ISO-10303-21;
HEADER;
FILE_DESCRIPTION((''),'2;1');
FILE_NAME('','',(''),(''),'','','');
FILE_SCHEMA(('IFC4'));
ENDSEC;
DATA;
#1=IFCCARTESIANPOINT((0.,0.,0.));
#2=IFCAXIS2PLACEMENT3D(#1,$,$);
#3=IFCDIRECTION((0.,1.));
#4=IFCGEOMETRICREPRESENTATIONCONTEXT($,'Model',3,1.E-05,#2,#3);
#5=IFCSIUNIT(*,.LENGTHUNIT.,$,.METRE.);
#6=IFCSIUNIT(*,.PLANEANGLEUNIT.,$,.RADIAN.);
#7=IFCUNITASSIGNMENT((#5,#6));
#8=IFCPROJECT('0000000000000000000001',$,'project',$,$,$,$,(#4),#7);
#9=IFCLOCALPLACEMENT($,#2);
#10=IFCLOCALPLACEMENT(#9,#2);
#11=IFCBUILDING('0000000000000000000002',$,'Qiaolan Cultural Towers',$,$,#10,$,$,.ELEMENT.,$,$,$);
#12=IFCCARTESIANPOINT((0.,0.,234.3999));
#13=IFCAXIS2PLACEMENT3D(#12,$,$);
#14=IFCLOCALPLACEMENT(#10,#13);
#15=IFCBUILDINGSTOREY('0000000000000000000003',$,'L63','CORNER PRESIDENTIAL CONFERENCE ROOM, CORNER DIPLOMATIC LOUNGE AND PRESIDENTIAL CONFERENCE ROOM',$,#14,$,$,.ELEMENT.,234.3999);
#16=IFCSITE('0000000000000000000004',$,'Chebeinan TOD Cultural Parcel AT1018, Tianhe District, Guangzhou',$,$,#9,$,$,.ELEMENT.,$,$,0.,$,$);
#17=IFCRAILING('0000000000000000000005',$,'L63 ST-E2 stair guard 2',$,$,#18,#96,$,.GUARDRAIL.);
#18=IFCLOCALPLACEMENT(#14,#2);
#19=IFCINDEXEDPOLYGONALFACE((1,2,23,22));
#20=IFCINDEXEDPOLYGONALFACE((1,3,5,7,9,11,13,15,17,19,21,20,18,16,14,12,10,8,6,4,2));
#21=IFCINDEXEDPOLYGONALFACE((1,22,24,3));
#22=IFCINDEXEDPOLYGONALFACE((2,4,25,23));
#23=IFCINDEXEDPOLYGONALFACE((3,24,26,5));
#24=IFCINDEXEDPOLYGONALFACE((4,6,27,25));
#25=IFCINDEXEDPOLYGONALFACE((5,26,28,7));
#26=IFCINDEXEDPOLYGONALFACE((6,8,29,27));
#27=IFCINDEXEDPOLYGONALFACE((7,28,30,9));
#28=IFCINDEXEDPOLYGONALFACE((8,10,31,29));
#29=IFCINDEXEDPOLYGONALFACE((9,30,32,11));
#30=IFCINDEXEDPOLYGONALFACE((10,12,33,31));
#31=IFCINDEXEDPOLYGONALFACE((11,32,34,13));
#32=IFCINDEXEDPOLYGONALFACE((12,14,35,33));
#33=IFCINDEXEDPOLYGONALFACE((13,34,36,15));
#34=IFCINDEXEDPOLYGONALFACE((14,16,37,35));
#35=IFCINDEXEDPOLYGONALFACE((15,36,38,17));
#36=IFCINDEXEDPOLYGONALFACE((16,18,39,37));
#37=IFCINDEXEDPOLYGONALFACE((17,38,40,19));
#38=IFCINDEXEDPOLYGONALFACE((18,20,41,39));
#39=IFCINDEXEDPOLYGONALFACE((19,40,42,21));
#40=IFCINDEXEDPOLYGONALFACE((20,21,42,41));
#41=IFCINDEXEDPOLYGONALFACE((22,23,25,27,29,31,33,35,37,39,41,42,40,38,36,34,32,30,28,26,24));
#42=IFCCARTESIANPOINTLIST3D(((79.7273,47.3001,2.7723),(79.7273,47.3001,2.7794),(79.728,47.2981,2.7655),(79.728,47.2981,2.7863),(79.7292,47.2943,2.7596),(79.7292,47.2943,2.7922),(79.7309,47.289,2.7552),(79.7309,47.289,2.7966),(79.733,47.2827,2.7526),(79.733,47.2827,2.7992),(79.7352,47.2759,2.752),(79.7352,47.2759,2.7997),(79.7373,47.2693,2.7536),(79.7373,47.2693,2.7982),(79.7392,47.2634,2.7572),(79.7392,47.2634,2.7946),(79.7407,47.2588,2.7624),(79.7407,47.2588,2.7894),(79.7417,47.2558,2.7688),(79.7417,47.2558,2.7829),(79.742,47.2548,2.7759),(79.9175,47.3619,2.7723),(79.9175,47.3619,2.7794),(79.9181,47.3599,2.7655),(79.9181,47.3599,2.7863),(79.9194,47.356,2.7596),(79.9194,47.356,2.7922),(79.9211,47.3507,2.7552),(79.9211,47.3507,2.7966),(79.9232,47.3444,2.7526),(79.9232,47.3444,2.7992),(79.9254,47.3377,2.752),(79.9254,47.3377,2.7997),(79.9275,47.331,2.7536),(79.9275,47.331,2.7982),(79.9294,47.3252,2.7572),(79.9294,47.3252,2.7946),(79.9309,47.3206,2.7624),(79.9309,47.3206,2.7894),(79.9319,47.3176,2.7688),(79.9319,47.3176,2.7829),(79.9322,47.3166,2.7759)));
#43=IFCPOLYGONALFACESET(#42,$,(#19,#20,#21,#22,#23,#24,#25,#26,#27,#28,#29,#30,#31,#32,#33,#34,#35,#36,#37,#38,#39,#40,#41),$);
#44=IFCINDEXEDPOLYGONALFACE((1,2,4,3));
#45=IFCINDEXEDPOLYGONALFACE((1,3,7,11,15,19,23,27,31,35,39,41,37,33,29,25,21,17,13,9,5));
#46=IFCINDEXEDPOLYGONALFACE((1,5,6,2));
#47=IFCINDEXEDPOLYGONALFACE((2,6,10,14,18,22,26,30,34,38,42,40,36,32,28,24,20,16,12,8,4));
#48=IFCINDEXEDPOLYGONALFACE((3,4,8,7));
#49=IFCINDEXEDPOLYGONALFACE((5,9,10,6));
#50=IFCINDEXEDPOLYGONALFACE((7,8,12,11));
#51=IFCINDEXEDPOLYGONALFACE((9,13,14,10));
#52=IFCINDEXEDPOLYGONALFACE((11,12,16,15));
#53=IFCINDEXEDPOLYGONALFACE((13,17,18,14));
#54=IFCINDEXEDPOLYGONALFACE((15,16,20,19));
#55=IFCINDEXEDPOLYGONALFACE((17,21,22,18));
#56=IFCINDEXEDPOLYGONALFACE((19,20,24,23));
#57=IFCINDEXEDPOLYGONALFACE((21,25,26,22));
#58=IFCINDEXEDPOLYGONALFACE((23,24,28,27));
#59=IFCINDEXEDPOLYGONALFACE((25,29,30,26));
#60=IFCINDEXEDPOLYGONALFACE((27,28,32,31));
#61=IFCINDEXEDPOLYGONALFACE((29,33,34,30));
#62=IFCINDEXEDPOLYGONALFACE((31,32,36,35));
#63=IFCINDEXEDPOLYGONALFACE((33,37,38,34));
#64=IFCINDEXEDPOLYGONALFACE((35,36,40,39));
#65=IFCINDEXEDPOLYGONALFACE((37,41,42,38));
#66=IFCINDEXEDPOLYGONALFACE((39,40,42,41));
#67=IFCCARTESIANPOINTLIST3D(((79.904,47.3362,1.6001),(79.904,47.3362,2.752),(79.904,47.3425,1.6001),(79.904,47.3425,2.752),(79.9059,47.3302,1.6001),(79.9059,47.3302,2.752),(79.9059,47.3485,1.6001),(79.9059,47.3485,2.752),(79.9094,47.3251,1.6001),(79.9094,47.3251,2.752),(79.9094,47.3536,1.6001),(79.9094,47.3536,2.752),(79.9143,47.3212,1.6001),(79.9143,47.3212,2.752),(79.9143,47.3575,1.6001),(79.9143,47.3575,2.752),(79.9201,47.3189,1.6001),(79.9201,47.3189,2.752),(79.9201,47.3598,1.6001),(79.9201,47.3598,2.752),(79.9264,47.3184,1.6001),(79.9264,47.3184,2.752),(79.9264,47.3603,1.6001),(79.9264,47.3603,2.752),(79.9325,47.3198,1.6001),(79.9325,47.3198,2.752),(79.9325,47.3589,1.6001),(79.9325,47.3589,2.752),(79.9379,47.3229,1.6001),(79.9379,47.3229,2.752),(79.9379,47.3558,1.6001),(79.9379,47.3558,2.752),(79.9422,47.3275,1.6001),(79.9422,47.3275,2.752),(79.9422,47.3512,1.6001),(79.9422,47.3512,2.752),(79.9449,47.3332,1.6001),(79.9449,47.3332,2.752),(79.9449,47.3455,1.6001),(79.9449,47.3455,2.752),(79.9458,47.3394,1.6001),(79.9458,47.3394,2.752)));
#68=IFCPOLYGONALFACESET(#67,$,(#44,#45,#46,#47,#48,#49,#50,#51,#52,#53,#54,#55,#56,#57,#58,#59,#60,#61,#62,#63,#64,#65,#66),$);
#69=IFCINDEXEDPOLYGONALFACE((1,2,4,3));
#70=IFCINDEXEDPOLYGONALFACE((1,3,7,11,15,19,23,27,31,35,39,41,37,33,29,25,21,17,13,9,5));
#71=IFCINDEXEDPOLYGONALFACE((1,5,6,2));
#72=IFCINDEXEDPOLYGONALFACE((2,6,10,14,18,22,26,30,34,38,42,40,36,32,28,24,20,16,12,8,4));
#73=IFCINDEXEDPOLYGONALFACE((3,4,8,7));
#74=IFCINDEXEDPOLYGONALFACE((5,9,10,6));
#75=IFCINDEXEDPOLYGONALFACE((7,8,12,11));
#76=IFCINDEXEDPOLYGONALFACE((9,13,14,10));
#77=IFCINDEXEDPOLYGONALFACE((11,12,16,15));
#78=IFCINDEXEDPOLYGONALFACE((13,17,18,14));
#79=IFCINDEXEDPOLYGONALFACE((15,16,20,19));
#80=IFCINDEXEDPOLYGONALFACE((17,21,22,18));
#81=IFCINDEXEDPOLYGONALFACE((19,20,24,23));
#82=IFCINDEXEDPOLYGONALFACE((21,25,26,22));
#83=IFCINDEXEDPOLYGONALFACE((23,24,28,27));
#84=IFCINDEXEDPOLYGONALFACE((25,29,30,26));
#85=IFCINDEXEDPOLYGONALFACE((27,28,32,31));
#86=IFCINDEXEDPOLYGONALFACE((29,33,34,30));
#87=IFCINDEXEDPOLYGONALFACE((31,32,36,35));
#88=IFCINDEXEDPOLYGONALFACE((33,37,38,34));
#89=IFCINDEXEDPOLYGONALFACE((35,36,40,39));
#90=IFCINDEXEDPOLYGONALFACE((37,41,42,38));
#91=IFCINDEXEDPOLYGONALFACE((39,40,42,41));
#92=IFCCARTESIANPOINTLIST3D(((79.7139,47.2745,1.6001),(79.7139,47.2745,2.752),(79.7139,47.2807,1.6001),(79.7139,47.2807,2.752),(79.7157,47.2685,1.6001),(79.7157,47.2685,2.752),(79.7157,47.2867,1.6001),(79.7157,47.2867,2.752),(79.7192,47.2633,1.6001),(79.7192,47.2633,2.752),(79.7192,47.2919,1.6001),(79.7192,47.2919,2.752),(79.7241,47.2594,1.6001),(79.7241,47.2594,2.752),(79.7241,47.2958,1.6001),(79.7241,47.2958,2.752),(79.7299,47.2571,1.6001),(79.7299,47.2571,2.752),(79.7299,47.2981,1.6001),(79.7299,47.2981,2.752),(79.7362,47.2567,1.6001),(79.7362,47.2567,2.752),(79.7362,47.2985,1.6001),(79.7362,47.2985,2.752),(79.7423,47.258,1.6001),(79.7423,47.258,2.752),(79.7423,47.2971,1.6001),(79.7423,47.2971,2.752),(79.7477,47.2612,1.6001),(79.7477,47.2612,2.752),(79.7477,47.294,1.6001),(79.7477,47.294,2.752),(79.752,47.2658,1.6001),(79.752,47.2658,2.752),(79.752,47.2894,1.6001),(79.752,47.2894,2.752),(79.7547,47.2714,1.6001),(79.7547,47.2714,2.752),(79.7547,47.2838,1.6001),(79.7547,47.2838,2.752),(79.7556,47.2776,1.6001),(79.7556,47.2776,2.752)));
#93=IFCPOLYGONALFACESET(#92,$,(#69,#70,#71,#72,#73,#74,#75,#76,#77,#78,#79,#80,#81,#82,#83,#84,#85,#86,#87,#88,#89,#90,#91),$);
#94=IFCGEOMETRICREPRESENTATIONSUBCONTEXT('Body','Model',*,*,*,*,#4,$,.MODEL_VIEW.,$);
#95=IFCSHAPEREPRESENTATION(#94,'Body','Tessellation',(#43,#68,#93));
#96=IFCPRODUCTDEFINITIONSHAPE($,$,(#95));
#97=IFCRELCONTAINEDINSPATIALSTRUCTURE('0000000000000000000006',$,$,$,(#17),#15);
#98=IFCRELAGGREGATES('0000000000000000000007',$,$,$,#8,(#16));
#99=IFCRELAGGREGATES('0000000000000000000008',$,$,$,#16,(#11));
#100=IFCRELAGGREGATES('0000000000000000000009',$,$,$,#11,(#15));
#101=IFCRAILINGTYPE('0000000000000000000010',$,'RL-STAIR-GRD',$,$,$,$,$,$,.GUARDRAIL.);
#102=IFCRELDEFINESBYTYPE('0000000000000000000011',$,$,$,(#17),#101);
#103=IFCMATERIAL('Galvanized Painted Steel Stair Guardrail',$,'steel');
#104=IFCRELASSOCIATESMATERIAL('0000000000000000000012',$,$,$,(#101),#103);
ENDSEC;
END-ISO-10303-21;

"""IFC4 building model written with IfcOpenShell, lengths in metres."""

from ifc_helpers import new_model, si_unit, direction, frame, origin, origin_2d, place, context, subcontext, project, spatial, circle, extrude, material, type_object, element, save


model = new_model("IFC4")

# Units and contexts
model_context = context("Model", 3, precision=1e-05, world=origin(), true_north=direction((0.0, 1.0)))
body_context = subcontext(model_context, "Body", "Model", "MODEL_VIEW")
ifc_project = project(units=[si_unit("LENGTHUNIT", "METRE"), si_unit("PLANEANGLEUNIT", "RADIAN")], contexts=[model_context])

# Site, building, storey
site_placement = place(None, origin())
site = spatial("IfcSite", under=ifc_project, at=site_placement, Name="Chebeinan TOD Cultural Parcel AT1018, Tianhe District, Guangzhou", CompositionType="ELEMENT", RefElevation=0.0)
building_placement = place(site_placement, origin())
building = spatial("IfcBuilding", under=site, at=building_placement, Name="Qiaolan Cultural Towers", CompositionType="ELEMENT")
storey_placement = place(building_placement, frame((0.0, 0.0, 234.3999)))
storey = spatial("IfcBuildingStorey", under=building, at=storey_placement, Name="L63", Description="CORNER PRESIDENTIAL CONFERENCE ROOM, CORNER DIPLOMATIC LOUNGE AND PRESIDENTIAL CONFERENCE ROOM", CompositionType="ELEMENT", Elevation=234.3999)

# Railing
ifc_material_1 = material(Name="Galvanized Painted Steel Stair Guardrail", Category="steel")
railing_type_1 = type_object("IfcRailingType", Name="RL-STAIR-GRD", PredefinedType="GUARDRAIL", material=ifc_material_1)
railing_1_placement = place(storey_placement, frame((79.9248, 47.3394, 1.6001)))
element("IfcRailing", 1, at=railing_1_placement, inside=storey, type_object=railing_type_1, Name="L63 ST-E2 stair guard 2", PredefinedType="GUARDRAIL", context=body_context, shape_type="SweptSolid", body=[
    extrude(circle(Radius=0.0239, at=origin_2d()), frame((0.0, 0.0, 1.1758), z_axis=(-0.951097, -0.308893, 0.0), x_axis=(0.308893, -0.951097, 0.0)), (0.0, 0.0, 1.0), 0.2),
    extrude(circle(Radius=0.021, at=origin_2d()), origin(), (0.0, 0.0, 1.0), 1.1519),
    extrude(circle(Radius=0.021, at=origin_2d()), frame((-0.1902, -0.0618, 0.0)), (0.0, 0.0, 1.0), 1.1519),
])

save(model, "model.ifc")
